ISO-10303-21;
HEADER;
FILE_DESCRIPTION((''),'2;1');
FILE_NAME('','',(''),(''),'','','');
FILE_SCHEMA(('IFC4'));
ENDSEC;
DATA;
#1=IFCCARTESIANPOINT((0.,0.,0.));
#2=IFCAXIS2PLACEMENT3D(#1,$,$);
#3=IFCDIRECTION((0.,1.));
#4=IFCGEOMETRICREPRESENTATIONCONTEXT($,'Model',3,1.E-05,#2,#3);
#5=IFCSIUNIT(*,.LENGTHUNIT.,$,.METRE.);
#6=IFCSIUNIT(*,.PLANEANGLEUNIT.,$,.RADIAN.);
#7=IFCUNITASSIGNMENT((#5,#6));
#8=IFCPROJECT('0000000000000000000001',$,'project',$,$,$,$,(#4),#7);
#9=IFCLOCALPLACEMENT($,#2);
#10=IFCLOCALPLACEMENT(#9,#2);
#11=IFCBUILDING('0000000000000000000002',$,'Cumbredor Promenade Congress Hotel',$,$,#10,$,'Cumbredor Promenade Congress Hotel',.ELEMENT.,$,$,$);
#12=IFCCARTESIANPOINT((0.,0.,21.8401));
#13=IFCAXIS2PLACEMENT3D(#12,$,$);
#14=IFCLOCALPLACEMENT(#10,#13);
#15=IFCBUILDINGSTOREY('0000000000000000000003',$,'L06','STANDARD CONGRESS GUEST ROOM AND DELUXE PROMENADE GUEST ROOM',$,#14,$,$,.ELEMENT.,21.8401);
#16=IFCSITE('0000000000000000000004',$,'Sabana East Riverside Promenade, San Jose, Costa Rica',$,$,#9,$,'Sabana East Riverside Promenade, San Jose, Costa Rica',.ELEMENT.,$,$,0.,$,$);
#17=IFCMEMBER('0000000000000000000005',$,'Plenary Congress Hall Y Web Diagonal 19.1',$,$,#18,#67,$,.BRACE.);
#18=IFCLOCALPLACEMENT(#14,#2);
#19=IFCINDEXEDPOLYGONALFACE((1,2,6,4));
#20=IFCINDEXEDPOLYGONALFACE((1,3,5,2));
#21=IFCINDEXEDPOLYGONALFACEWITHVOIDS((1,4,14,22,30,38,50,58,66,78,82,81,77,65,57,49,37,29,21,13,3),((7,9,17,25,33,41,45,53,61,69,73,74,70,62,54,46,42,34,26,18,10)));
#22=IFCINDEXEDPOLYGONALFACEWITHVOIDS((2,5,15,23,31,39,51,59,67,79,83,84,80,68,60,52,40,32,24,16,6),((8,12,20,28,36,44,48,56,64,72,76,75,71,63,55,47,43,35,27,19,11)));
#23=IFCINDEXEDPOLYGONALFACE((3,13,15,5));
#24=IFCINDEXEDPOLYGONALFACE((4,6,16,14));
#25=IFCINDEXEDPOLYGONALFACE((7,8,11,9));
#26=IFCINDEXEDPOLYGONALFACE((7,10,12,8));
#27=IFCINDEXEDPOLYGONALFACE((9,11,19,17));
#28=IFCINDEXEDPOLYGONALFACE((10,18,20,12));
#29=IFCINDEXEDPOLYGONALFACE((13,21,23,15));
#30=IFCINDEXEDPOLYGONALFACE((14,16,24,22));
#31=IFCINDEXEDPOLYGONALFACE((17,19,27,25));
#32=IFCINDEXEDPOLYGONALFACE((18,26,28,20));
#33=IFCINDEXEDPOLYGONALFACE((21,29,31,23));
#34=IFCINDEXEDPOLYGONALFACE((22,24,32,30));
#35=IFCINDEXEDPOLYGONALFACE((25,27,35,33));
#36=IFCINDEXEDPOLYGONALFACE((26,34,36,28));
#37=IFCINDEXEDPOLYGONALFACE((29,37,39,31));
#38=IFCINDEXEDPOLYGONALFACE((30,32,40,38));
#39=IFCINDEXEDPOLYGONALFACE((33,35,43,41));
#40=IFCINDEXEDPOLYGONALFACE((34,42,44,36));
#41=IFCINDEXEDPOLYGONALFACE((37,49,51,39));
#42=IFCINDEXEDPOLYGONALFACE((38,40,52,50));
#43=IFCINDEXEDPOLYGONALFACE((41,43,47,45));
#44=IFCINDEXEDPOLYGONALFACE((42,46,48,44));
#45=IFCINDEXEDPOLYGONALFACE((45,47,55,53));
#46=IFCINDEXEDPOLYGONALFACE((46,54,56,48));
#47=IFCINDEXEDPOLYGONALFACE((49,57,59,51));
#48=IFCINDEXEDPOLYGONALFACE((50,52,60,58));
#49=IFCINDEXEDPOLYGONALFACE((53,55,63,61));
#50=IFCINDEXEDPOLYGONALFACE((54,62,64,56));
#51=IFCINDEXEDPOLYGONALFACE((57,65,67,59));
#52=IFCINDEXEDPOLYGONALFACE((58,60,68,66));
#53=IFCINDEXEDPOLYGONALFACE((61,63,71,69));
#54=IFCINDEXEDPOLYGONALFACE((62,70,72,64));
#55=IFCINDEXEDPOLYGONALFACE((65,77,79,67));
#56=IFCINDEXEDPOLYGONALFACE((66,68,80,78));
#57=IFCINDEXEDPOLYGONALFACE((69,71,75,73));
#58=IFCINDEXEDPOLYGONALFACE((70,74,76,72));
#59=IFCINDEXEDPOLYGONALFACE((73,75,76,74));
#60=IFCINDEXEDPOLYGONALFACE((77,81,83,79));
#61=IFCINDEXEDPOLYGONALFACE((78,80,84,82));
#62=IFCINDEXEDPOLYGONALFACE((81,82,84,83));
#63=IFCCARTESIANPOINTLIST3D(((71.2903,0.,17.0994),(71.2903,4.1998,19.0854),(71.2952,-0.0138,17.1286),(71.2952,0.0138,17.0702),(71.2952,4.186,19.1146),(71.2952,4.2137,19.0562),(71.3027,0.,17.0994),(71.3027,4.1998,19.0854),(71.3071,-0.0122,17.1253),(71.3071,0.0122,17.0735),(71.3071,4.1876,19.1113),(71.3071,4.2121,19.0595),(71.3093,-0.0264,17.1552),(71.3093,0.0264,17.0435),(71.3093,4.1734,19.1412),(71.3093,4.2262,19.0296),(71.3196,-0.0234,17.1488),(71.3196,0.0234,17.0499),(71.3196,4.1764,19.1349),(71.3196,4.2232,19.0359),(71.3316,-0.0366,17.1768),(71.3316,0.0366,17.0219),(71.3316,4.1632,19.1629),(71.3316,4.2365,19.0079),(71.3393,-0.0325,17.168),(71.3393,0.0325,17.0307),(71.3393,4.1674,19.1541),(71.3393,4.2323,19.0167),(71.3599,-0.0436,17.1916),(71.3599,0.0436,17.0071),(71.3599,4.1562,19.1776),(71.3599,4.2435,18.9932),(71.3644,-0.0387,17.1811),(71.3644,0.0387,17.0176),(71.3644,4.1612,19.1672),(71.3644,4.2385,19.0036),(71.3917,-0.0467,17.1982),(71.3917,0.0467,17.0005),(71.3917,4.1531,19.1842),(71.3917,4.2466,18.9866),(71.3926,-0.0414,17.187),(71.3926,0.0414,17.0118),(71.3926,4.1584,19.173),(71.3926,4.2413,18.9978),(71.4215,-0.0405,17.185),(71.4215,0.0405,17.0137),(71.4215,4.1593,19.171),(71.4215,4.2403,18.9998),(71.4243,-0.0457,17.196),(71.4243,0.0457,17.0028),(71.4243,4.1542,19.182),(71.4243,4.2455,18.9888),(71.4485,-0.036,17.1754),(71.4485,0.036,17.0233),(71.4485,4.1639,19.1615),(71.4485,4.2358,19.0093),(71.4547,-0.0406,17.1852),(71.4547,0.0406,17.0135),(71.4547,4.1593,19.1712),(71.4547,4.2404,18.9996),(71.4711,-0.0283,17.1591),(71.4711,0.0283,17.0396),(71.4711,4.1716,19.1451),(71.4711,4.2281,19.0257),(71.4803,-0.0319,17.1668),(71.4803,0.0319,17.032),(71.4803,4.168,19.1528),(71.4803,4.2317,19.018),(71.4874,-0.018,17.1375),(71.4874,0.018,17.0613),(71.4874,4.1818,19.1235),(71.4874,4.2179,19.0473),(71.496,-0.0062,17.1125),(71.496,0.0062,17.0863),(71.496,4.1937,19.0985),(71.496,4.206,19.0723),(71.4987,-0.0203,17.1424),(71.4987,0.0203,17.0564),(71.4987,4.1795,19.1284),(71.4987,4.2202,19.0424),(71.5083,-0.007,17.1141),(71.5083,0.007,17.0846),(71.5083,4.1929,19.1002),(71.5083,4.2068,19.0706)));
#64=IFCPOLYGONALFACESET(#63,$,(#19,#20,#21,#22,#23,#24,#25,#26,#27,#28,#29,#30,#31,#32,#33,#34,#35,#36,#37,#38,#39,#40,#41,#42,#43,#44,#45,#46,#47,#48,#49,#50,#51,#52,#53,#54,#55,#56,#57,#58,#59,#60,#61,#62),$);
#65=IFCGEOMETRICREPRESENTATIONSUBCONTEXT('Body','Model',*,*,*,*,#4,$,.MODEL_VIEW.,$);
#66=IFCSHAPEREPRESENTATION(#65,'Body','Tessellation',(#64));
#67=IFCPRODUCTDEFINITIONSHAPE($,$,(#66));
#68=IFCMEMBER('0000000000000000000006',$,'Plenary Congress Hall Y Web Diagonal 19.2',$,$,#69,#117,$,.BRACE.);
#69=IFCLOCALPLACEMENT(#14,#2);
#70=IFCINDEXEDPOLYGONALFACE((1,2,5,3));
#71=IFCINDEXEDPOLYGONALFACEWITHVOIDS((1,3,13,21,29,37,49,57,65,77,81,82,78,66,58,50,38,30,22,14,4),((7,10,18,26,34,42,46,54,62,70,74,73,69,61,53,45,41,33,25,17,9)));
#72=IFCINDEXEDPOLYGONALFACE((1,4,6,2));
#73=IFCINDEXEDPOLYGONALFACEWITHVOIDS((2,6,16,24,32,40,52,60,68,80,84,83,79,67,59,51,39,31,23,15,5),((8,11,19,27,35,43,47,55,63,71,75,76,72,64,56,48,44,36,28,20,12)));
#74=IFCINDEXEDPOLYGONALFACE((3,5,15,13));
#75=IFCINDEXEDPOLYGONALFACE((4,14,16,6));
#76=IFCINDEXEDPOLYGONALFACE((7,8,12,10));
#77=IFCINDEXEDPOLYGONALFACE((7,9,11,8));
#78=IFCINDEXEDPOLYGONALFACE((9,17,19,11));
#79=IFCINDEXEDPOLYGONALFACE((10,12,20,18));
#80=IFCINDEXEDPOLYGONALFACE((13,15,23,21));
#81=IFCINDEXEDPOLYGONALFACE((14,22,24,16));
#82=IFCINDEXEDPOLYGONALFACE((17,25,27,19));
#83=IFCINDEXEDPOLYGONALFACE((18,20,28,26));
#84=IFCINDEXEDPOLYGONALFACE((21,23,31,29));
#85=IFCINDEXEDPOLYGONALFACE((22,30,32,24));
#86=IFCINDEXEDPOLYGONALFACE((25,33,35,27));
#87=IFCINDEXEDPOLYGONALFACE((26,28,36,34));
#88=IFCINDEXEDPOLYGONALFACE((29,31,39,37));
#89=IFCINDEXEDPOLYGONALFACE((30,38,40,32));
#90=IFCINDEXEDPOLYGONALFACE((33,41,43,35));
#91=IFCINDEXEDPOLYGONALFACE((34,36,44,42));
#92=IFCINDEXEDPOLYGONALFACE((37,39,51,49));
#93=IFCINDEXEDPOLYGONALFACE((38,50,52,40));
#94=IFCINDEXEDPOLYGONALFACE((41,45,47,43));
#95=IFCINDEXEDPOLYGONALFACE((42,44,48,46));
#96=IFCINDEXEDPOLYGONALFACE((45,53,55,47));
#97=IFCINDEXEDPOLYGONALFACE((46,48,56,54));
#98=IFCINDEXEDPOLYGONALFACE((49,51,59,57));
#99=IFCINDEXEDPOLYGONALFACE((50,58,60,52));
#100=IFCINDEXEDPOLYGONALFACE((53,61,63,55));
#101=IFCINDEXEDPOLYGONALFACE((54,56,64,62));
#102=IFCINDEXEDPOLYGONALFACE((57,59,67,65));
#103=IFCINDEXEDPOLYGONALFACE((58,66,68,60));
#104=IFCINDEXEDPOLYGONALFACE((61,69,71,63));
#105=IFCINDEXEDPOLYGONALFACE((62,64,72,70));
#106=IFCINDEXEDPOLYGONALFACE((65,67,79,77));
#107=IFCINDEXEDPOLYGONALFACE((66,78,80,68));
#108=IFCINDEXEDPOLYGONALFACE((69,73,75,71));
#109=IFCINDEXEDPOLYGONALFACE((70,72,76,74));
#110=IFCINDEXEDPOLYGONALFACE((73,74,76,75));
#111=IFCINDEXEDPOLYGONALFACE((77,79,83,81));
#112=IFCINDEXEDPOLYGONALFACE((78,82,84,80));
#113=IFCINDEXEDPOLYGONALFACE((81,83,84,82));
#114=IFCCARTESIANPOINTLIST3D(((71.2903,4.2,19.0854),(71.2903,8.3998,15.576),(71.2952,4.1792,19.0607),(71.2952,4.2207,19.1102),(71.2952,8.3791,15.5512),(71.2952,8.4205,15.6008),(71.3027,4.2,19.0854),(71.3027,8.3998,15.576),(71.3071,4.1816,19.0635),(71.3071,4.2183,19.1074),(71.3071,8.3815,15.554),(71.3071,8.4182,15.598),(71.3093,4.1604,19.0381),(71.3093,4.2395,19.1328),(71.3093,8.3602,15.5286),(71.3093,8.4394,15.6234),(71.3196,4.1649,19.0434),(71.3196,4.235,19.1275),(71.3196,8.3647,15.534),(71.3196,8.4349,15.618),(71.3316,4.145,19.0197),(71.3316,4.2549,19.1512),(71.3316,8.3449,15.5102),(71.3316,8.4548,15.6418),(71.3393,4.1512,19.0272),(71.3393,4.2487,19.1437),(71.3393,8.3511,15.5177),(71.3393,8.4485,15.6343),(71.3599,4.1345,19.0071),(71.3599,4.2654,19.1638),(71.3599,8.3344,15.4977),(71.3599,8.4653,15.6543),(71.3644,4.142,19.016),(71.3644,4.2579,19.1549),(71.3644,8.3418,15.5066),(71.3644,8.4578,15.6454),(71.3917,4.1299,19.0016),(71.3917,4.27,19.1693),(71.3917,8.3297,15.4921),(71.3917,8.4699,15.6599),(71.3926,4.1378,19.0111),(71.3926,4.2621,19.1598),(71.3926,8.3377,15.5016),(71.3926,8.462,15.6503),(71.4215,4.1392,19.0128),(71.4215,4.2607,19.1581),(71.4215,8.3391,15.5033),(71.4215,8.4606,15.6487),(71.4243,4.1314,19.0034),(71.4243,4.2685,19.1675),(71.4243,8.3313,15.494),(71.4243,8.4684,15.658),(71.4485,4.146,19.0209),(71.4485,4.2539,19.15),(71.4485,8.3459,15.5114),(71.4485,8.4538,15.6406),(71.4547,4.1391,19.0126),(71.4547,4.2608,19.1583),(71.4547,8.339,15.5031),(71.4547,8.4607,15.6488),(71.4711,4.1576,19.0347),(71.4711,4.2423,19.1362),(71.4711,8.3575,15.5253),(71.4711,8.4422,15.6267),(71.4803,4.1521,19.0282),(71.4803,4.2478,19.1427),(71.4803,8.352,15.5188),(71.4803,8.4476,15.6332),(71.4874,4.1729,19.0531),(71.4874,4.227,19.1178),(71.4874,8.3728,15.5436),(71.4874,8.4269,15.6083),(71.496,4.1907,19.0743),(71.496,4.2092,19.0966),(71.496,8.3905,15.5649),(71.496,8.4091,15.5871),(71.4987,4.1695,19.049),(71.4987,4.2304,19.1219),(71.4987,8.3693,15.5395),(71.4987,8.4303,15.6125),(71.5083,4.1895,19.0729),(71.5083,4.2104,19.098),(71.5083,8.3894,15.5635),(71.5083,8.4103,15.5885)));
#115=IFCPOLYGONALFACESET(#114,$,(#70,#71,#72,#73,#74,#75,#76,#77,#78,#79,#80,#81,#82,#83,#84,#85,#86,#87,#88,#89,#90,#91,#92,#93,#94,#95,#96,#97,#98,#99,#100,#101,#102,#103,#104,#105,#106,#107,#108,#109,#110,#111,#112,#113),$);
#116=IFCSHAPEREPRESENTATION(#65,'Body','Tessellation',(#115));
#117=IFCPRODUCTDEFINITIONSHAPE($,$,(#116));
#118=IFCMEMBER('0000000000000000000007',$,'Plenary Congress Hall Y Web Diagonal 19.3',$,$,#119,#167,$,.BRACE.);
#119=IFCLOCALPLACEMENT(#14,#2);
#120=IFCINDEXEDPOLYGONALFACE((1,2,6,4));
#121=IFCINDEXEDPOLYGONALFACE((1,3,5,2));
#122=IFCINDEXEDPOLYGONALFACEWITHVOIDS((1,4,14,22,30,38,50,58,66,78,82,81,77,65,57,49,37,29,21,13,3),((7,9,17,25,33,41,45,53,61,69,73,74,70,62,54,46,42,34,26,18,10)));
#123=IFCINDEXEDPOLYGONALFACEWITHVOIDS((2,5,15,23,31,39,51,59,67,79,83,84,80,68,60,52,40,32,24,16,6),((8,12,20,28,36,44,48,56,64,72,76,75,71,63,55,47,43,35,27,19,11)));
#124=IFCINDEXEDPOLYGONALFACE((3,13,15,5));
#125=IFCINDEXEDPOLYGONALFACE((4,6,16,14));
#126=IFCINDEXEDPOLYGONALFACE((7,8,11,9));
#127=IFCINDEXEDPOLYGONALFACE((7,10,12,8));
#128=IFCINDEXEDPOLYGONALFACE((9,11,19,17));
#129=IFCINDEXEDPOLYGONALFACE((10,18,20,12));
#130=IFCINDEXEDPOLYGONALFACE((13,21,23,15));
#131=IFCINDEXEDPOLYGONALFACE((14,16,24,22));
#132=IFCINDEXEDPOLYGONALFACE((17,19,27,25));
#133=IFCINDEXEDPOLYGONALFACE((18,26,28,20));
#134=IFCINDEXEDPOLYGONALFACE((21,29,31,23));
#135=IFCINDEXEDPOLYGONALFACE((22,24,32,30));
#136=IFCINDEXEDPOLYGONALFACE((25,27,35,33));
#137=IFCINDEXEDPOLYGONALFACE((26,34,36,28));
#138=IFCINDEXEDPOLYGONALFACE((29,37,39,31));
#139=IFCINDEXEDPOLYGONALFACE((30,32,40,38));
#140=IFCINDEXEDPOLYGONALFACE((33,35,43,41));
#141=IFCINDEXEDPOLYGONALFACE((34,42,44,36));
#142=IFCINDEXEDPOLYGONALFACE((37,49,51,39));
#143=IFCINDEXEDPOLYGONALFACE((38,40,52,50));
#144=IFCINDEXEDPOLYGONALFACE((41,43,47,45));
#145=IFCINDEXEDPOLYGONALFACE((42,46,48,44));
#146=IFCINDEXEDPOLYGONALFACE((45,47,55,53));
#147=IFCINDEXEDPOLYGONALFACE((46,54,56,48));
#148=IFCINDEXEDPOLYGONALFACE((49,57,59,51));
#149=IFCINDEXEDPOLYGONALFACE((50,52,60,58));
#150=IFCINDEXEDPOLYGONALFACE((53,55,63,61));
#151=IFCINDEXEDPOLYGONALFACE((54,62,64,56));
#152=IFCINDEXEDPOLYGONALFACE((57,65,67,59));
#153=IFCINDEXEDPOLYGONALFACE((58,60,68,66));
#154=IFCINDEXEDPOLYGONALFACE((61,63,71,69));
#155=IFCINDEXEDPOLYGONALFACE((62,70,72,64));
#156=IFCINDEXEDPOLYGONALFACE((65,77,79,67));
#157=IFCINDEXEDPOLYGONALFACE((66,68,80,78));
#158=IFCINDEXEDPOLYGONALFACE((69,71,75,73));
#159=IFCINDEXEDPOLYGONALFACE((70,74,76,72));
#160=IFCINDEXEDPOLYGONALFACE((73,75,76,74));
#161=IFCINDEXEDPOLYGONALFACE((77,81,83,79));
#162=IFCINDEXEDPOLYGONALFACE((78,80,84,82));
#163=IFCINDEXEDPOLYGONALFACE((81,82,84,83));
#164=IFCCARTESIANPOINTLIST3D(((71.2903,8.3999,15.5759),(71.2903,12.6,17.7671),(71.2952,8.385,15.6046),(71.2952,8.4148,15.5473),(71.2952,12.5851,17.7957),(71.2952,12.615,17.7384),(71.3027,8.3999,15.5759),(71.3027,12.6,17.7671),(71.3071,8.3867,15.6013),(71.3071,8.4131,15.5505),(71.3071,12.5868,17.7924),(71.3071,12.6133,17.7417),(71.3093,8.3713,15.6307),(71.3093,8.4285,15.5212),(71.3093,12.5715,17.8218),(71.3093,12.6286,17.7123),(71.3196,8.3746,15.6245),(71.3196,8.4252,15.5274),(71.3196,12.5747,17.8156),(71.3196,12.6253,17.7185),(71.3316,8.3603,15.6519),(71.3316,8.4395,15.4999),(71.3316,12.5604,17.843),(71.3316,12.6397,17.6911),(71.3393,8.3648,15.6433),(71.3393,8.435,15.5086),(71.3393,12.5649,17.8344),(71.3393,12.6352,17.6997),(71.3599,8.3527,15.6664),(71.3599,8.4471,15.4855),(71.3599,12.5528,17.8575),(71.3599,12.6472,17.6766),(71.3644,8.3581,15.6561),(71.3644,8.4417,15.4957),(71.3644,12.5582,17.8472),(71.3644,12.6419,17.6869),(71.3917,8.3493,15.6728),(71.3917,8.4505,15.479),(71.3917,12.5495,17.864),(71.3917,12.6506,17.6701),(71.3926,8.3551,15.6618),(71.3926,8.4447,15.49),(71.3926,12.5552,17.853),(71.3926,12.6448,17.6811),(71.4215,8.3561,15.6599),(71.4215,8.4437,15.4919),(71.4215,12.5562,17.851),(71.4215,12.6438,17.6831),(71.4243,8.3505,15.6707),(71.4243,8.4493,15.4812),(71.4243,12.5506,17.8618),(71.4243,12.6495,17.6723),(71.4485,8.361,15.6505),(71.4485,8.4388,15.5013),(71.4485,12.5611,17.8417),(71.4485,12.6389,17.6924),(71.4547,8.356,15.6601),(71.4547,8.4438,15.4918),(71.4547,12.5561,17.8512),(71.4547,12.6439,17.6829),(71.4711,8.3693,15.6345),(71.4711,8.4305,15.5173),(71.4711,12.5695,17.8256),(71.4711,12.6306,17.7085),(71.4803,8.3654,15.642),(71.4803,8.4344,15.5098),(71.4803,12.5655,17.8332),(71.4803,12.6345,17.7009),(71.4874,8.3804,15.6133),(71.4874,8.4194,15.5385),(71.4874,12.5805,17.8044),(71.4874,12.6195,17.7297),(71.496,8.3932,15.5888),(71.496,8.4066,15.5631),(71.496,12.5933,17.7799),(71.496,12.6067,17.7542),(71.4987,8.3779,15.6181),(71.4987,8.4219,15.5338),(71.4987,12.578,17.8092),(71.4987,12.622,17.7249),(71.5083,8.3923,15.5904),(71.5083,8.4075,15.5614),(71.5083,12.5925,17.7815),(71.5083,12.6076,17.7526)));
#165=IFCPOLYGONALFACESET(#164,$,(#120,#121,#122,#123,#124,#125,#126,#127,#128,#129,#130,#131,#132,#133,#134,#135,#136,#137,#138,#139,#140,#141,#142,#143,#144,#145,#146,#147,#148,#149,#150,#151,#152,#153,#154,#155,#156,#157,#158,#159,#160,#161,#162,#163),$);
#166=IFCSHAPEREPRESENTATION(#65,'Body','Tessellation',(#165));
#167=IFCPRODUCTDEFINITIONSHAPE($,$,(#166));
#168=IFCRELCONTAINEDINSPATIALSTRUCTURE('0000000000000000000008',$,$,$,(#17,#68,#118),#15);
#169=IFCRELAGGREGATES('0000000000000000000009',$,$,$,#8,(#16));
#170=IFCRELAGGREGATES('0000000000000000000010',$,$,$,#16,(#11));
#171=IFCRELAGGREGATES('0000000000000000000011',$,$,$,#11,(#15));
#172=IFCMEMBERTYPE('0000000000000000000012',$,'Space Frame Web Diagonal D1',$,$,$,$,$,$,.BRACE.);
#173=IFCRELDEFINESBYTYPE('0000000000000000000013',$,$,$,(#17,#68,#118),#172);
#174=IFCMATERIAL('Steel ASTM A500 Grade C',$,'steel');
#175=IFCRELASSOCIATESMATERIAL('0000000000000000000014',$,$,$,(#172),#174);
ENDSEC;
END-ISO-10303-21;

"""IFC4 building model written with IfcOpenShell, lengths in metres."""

from ifc_helpers import new_model, si_unit, direction, frame, origin, origin_2d, place, context, subcontext, project, spatial, hollow_circle, extrude, material, material_profile, profile_set, type_object, element, save


model = new_model("IFC4")

# Units and contexts
model_context = context("Model", 3, precision=1e-05, world=origin(), true_north=direction((0.0, 1.0)))
body_context = subcontext(model_context, "Body", "Model", "MODEL_VIEW")
ifc_project = project(units=[si_unit("LENGTHUNIT", "METRE"), si_unit("PLANEANGLEUNIT", "RADIAN")], contexts=[model_context])

# Site, building, storey
site_placement = place(None, origin())
site = spatial("IfcSite", under=ifc_project, at=site_placement, Name="Sabana East Riverside Promenade, San Jose, Costa Rica", LongName="Sabana East Riverside Promenade, San Jose, Costa Rica", CompositionType="ELEMENT", RefElevation=0.0)
building_placement = place(site_placement, origin())
building = spatial("IfcBuilding", under=site, at=building_placement, Name="Cumbredor Promenade Congress Hotel", LongName="Cumbredor Promenade Congress Hotel", CompositionType="ELEMENT")
storey_placement = place(building_placement, frame((0.0, 0.0, 21.8401)))
storey = spatial("IfcBuildingStorey", under=building, at=storey_placement, Name="L06", Description="STANDARD CONGRESS GUEST ROOM AND DELUXE PROMENADE GUEST ROOM", CompositionType="ELEMENT", Elevation=21.8401)

# Members
ifc_material_1 = material(Name="Steel ASTM A500 Grade C", Category="steel")
ifc_material_profile_1 = material_profile(ifc_material_1, hollow_circle(Radius=0.1096, WallThickness=0.0125, at=origin_2d()), Name="CHS 219.1x12.5")
ifc_profile_set_1 = profile_set([ifc_material_profile_1], Name="Steel ASTM A500 Grade C")
member_type_1 = type_object("IfcMemberType", Name="Space Frame Web Diagonal D1", PredefinedType="BRACE", material=ifc_profile_set_1)
member_1_placement = place(storey_placement, frame((71.3999, 0.0, 17.0994), z_axis=(0.0, 0.904018, 0.427494), x_axis=(-1.0, 0.0, 0.0)))
element("IfcMember", 1, at=member_1_placement, inside=storey, type_object=member_type_1, Name="Plenary Congress Hall Y Web Diagonal 19.1", PredefinedType="BRACE", context=body_context, shape_type="SweptSolid", body=[
    extrude(hollow_circle(Radius=0.1096, WallThickness=0.0125, at=origin_2d()), origin(), (0.0, 0.0, 1.0), 4.6458),
])
member_2_placement = place(storey_placement, frame((71.3999, 4.2, 19.0854), z_axis=(0.0, 0.767361, -0.641215), x_axis=(-1.0, 0.0, 0.0)))
element("IfcMember", 2, at=member_2_placement, inside=storey, type_object=member_type_1, Name="Plenary Congress Hall Y Web Diagonal 19.2", PredefinedType="BRACE", context=body_context, shape_type="SweptSolid", body=[
    extrude(hollow_circle(Radius=0.1096, WallThickness=0.0125, at=origin_2d()), origin(), (0.0, 0.0, 1.0), 5.4731),
])
member_3_placement = place(storey_placement, frame((71.3999, 8.3999, 15.5759), z_axis=(0.0, 0.886606, 0.462525), x_axis=(-1.0, 0.0, 0.0)))
element("IfcMember", 3, at=member_3_placement, inside=storey, type_object=member_type_1, Name="Plenary Congress Hall Y Web Diagonal 19.3", PredefinedType="BRACE", context=body_context, shape_type="SweptSolid", body=[
    extrude(hollow_circle(Radius=0.1096, WallThickness=0.0125, at=origin_2d()), origin(), (0.0, 0.0, 1.0), 4.7373),
])

save(model, "model.ifc")
